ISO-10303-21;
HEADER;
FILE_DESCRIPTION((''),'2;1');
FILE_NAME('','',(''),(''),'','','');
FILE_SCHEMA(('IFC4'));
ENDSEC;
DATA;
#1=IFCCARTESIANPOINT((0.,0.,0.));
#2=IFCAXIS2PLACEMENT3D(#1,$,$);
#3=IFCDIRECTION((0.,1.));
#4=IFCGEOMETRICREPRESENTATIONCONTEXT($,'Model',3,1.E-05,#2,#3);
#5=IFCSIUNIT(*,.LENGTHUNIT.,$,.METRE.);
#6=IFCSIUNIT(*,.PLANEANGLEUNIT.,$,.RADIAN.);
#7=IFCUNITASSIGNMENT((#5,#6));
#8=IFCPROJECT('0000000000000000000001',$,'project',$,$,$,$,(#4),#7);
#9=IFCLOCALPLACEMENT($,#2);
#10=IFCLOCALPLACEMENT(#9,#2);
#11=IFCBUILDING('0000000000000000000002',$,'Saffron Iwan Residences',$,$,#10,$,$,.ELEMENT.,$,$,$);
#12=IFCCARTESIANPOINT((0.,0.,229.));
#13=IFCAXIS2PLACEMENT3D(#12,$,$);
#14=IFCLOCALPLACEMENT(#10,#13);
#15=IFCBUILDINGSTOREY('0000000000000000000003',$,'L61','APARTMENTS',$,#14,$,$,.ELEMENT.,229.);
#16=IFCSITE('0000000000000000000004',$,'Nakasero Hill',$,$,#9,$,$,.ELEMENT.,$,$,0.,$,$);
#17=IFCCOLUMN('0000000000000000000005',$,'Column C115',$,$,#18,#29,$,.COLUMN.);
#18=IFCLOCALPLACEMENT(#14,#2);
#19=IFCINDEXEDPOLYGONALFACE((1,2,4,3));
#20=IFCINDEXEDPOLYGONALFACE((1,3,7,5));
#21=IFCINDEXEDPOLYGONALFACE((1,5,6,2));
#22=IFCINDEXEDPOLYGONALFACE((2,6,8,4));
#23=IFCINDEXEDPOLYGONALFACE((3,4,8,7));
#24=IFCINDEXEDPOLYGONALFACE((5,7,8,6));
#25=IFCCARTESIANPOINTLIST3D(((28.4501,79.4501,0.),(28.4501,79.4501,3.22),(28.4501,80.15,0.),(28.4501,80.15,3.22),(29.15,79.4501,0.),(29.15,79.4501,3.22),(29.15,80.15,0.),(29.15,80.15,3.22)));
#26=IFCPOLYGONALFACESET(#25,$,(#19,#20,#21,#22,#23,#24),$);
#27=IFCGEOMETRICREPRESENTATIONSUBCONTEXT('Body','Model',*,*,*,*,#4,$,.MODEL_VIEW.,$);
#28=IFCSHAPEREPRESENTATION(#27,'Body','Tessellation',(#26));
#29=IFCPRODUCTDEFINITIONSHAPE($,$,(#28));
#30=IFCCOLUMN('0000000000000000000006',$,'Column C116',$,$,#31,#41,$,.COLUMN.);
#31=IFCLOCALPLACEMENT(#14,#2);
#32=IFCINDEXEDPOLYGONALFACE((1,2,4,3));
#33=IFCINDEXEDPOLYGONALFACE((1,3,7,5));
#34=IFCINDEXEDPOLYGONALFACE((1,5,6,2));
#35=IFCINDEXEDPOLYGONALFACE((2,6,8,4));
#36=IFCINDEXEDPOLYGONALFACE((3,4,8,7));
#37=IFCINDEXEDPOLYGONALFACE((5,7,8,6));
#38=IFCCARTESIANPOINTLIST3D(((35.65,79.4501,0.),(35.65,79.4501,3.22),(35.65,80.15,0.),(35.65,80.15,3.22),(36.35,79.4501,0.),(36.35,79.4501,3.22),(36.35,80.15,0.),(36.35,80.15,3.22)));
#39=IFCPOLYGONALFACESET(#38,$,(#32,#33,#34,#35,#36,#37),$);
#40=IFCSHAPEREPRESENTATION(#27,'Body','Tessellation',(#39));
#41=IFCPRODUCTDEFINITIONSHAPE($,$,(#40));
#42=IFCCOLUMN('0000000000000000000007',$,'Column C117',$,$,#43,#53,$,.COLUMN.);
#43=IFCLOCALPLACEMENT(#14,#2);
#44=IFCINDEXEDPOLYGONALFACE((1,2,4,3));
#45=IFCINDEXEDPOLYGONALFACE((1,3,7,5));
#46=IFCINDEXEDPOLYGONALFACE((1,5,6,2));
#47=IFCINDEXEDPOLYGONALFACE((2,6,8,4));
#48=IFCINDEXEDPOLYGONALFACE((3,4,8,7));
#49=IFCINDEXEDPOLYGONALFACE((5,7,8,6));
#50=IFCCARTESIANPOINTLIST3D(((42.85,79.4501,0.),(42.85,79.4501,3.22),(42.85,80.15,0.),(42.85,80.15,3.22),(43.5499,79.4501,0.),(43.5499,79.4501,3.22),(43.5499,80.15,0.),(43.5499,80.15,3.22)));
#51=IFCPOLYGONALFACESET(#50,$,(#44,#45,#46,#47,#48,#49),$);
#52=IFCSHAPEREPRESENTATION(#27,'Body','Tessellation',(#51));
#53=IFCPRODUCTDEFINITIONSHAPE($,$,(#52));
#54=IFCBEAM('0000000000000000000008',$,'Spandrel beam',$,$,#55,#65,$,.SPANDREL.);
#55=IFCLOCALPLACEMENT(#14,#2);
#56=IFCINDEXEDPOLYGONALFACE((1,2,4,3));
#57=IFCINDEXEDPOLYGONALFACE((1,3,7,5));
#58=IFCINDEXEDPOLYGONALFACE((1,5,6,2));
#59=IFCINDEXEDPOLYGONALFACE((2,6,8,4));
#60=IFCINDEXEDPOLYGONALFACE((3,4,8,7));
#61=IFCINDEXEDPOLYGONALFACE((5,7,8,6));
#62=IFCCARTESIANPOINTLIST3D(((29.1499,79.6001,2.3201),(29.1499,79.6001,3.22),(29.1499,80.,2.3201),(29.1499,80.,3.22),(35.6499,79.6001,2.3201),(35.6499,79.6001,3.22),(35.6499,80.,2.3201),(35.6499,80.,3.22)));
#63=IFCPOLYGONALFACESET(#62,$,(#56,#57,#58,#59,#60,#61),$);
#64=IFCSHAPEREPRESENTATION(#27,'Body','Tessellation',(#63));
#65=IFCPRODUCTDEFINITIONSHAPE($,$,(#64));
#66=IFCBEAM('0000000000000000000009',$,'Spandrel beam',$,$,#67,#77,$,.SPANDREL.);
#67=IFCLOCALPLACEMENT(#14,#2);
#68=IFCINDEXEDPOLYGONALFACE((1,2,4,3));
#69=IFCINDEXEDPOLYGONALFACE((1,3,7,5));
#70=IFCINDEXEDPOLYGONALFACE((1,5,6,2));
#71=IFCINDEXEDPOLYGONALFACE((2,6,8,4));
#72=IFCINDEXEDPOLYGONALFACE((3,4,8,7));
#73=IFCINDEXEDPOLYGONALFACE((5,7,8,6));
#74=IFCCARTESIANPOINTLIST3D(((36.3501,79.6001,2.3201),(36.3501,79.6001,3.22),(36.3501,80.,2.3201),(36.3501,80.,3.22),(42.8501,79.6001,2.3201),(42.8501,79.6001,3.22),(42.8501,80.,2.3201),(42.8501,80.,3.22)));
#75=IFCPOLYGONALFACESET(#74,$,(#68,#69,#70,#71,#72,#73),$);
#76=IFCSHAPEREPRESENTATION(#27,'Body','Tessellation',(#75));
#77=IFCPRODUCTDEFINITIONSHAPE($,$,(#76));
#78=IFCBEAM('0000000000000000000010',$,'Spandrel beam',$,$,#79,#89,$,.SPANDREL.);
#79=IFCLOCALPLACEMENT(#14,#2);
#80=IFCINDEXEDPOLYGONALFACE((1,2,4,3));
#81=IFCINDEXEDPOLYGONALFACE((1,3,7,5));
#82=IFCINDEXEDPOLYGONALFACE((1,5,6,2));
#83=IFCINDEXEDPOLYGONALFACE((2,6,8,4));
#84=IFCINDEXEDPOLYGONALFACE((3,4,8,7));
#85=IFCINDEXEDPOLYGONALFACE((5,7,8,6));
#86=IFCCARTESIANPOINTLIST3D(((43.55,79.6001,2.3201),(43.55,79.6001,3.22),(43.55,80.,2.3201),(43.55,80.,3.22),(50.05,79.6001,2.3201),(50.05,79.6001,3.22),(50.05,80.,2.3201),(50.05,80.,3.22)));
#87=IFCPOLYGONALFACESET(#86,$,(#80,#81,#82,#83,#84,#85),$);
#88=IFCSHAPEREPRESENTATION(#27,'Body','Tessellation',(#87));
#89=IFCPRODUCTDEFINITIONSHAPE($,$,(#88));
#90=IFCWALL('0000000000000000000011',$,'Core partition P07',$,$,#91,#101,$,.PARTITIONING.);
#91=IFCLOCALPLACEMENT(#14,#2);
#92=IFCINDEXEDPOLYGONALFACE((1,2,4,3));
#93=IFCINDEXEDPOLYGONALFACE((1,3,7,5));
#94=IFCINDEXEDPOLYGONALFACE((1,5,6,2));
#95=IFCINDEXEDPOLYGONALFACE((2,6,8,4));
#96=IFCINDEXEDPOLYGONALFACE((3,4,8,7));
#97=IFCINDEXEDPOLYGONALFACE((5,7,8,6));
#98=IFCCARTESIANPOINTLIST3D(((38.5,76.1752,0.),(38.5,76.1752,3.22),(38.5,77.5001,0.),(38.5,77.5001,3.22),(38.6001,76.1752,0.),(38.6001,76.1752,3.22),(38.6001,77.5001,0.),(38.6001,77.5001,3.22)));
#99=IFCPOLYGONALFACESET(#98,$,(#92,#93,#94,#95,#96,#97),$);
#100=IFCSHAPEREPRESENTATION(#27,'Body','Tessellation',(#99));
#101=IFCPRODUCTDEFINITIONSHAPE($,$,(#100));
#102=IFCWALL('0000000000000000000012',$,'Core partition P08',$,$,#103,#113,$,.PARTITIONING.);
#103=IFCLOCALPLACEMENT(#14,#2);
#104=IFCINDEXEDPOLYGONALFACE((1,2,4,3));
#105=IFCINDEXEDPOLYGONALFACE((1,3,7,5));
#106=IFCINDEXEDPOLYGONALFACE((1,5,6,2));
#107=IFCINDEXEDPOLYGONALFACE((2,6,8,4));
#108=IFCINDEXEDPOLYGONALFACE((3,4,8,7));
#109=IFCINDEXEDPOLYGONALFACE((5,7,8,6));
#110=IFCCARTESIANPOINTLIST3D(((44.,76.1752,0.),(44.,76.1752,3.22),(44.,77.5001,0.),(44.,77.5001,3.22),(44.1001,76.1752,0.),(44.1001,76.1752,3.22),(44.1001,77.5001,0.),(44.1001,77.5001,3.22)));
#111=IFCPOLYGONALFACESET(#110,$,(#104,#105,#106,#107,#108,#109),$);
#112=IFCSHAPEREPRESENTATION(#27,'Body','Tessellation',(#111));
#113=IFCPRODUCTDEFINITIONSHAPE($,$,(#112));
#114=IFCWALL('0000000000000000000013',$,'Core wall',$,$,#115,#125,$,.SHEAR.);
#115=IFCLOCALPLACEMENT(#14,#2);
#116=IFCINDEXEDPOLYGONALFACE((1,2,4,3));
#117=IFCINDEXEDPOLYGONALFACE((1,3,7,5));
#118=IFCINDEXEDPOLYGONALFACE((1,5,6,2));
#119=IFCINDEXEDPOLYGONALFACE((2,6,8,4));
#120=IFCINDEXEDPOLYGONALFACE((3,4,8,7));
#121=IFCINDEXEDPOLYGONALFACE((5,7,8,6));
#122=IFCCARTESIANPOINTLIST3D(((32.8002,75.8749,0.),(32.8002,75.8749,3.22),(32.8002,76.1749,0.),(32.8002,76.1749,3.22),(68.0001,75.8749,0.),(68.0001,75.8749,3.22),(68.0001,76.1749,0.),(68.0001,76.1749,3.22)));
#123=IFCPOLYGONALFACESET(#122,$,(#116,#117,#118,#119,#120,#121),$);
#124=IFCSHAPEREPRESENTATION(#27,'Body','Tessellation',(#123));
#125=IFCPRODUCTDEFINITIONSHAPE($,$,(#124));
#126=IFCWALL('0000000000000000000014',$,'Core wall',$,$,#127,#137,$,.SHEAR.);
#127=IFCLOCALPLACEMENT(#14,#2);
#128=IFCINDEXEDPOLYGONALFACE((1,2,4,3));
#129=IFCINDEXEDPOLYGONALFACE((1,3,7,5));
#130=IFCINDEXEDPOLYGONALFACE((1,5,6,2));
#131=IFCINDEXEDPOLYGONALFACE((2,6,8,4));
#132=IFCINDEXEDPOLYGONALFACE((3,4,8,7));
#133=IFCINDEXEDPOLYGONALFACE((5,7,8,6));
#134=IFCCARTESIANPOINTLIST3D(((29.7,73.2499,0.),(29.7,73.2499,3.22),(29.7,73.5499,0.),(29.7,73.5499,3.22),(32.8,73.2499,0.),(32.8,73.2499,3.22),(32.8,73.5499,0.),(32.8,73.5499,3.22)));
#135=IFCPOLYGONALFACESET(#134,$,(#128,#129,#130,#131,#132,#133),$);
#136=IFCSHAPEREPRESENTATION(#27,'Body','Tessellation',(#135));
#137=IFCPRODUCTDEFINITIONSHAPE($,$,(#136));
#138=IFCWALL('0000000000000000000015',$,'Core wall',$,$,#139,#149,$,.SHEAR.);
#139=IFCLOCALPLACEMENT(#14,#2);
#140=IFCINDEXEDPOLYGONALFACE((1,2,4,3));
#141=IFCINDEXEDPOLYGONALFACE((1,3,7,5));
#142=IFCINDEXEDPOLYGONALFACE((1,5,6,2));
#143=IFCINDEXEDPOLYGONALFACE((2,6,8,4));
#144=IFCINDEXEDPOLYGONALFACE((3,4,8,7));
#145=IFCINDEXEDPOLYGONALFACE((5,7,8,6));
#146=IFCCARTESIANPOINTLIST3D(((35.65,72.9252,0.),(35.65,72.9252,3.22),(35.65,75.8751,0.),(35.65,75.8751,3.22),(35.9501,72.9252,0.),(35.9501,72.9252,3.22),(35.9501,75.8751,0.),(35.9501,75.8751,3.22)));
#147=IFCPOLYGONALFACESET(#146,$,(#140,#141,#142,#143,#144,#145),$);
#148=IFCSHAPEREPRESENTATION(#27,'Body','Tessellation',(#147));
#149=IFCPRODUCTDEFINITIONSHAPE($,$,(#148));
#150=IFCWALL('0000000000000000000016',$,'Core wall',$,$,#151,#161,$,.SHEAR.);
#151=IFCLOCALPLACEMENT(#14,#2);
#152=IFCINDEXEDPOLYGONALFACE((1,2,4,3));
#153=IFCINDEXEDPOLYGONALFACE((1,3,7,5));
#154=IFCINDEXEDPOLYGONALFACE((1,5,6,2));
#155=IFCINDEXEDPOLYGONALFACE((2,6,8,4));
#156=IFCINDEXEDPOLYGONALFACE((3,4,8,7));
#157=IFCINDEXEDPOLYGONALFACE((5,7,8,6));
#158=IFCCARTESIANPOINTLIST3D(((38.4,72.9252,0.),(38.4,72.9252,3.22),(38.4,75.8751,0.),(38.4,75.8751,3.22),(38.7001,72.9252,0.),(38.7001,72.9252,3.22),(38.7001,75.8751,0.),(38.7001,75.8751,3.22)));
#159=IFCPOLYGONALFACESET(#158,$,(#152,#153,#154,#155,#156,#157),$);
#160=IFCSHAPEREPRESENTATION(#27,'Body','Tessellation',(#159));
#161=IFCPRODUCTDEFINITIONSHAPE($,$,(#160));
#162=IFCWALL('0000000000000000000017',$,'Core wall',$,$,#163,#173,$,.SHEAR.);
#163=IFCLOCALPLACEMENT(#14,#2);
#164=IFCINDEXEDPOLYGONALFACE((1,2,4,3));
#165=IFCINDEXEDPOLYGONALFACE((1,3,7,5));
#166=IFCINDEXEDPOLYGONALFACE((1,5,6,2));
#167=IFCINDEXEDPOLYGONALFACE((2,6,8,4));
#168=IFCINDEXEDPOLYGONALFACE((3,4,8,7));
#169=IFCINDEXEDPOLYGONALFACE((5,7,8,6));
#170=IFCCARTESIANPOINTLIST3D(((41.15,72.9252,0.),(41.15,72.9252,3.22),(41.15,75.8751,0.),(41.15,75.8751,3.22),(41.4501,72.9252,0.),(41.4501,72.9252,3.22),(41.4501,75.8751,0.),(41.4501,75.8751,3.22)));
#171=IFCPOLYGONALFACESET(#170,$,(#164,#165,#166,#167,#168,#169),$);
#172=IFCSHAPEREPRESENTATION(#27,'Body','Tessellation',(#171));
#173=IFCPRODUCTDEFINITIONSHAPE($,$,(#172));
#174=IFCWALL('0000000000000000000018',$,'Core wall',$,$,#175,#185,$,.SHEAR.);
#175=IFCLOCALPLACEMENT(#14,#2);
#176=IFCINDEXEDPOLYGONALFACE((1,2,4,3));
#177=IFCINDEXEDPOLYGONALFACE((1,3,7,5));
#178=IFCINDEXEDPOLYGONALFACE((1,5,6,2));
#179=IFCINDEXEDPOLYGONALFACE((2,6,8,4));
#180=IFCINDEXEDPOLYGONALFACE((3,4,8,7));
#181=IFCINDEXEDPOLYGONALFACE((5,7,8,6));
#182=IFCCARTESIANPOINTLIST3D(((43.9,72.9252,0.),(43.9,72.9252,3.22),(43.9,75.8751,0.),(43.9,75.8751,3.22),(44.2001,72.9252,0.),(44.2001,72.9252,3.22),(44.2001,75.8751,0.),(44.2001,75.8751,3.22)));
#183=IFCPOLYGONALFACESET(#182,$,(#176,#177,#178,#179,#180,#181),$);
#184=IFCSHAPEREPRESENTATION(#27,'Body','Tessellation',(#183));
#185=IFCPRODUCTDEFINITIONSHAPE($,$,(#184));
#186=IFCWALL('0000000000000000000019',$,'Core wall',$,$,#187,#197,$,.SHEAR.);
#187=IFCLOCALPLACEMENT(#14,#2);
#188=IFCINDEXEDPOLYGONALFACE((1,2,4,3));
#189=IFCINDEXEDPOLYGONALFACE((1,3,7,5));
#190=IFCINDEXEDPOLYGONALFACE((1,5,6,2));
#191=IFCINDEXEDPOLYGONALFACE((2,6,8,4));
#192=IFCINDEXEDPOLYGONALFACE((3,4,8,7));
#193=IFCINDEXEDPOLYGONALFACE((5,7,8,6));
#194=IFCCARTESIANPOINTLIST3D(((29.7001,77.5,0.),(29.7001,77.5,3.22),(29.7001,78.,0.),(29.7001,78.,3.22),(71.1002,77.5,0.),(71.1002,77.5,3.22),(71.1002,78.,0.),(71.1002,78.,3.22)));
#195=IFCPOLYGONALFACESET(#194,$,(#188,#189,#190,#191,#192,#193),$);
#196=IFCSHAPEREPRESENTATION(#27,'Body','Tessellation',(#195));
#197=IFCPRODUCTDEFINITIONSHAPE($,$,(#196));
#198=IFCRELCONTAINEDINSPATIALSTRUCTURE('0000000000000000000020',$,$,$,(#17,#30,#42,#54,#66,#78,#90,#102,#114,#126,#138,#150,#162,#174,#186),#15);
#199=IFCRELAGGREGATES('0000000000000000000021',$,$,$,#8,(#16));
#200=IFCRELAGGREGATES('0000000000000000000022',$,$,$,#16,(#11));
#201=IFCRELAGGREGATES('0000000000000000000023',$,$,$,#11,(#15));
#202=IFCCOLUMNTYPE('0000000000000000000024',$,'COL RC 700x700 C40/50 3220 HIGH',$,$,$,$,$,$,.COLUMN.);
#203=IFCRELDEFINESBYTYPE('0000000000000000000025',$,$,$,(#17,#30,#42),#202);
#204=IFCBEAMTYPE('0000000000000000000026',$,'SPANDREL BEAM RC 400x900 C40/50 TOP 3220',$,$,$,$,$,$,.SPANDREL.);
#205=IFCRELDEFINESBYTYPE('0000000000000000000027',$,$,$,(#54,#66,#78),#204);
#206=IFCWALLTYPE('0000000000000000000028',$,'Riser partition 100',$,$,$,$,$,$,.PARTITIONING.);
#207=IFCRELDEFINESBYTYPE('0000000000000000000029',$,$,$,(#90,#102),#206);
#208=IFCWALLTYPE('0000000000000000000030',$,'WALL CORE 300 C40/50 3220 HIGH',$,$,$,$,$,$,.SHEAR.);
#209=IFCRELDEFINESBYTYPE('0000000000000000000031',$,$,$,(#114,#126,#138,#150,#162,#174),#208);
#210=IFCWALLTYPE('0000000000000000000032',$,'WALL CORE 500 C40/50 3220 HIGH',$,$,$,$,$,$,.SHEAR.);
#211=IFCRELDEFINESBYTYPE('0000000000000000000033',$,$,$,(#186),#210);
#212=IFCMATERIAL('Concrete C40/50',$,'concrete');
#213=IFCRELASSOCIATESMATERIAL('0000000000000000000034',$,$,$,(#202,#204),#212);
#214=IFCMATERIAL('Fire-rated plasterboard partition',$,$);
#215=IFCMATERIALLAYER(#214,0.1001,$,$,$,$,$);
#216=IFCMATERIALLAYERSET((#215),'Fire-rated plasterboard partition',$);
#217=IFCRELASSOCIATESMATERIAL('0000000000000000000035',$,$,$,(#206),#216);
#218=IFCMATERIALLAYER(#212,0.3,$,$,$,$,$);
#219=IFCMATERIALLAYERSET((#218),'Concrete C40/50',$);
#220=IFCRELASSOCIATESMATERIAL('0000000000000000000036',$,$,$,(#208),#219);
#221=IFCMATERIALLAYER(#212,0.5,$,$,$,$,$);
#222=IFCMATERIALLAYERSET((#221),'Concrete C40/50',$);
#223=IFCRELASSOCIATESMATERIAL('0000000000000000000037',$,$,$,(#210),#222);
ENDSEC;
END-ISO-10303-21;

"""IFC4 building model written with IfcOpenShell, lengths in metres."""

from ifc_helpers import new_model, si_unit, direction, frame, frame_2d, origin, origin_2d, place, context, subcontext, project, spatial, rectangle, extrude, source, transform, mapped, material, layer, layer_set, material_profile, profile_set, type_object, element, save


model = new_model("IFC4")

# Units and contexts
model_context = context("Model", 3, precision=1e-05, world=origin(), true_north=direction((0.0, 1.0)))
body_context = subcontext(model_context, "Body", "Model", "MODEL_VIEW")
ifc_project = project(units=[si_unit("LENGTHUNIT", "METRE"), si_unit("PLANEANGLEUNIT", "RADIAN")], contexts=[model_context])

# Site, building, storey
site_placement = place(None, origin())
site = spatial("IfcSite", under=ifc_project, at=site_placement, Name="Nakasero Hill", CompositionType="ELEMENT", RefElevation=0.0)
building_placement = place(site_placement, origin())
building = spatial("IfcBuilding", under=site, at=building_placement, Name="Saffron Iwan Residences", CompositionType="ELEMENT")
storey_placement = place(building_placement, frame((0.0, 0.0, 229.0)))
storey = spatial("IfcBuildingStorey", under=building, at=storey_placement, Name="L61", Description="APARTMENTS", CompositionType="ELEMENT", Elevation=229.0)

# Columns
ifc_material_1 = material(Name="Concrete C40/50", Category="concrete")
ifc_material_profile_1 = material_profile(ifc_material_1, rectangle(XDim=0.7, YDim=0.7, at=origin_2d()), Name="RC 700x700")
ifc_profile_set_1 = profile_set([ifc_material_profile_1], Name="Concrete C40/50")
column_type = type_object("IfcColumnType", Name="COL RC 700x700 C40/50 3220 HIGH", PredefinedType="COLUMN", material=ifc_profile_set_1)
shared_shape_1 = source(origin(), body_context, "Body", "SweptSolid", [
    extrude(rectangle(XDim=0.7, YDim=0.7, at=origin_2d()), origin(), (0.0, 0.0, 1.0), 3.22),
])
for number, where, z_axis, x_axis, name in (
    (1, (28.8, 79.8, 0.0), (0.0, 0.0, 1.0), (1.0, 0.0, 0.0), "Column C115"),
    (2, (36.0, 79.8, 0.0), (0.0, 0.0, 1.0), (1.0, 0.0, 0.0), "Column C116"),
    (3, (43.2, 79.8, 0.0), (0.0, 0.0, 1.0), (1.0, 0.0, 0.0), "Column C117"),
):
    element("IfcColumn", number, at=place(storey_placement, frame(where, z_axis=z_axis, x_axis=x_axis)), inside=storey, type_object=column_type, Name=name, PredefinedType="COLUMN", context=body_context, shape_type="MappedRepresentation", body=[
        mapped(shared_shape_1, transform((0.0, 0.0, 0.0))),
    ])

# Beams
ifc_material_profile_2 = material_profile(ifc_material_1, rectangle(XDim=0.3999, YDim=0.8999, at=origin_2d()), Name="RC 400x900")
ifc_profile_set_2 = profile_set([ifc_material_profile_2], Name="Concrete C40/50")
beam_type = type_object("IfcBeamType", Name="SPANDREL BEAM RC 400x900 C40/50 TOP 3220", PredefinedType="SPANDREL", material=ifc_profile_set_2)
shared_shape_2 = source(origin(), body_context, "Body", "SweptSolid", [
    extrude(rectangle(XDim=0.3999, YDim=0.8999, at=origin_2d()), origin(), (0.0, 0.0, 1.0), 6.5),
])
for number, where, z_axis, x_axis, name in (
    (4, (29.1499, 79.8, 2.77), (1.0, 0.0, 0.0), (0.0, 1.0, 0.0), "Spandrel beam"),
    (5, (36.3501, 79.8, 2.77), (1.0, 0.0, 0.0), (0.0, 1.0, 0.0), "Spandrel beam"),
    (6, (43.55, 79.8, 2.77), (1.0, 0.0, 0.0), (0.0, 1.0, 0.0), "Spandrel beam"),
):
    element("IfcBeam", number, at=place(storey_placement, frame(where, z_axis=z_axis, x_axis=x_axis)), inside=storey, type_object=beam_type, Name=name, PredefinedType="SPANDREL", context=body_context, shape_type="MappedRepresentation", body=[
        mapped(shared_shape_2, transform((0.0, 0.0, 0.0))),
    ])

# Walls
ifc_material_2 = material(Name="Fire-rated plasterboard partition")
ifc_layer_1 = layer(ifc_material_2, 0.1001)
ifc_layer_set_1 = layer_set([ifc_layer_1], Name="Fire-rated plasterboard partition")
wall_type_1 = type_object("IfcWallType", Name="Riser partition 100", PredefinedType="PARTITIONING", material=ifc_layer_set_1)
for number, where, z_axis, x_axis, name in (
    (7, (38.55, 76.175, 0.0), (0.0, 0.0, 1.0), (0.0, 1.0, 0.0), "Core partition P07"),
    (8, (44.05, 76.175, 0.0), (0.0, 0.0, 1.0), (0.0, 1.0, 0.0), "Core partition P08"),
):
    element("IfcWall", number, at=place(storey_placement, frame(where, z_axis=z_axis, x_axis=x_axis)), inside=storey, type_object=wall_type_1, Name=name, PredefinedType="PARTITIONING", context=body_context, shape_type="SweptSolid", body=[
        extrude(rectangle(XDim=1.325, YDim=0.1001, at=frame_2d((0.6626, 0.0))), origin(), (0.0, 0.0, 1.0), 3.22),
    ])
ifc_layer_2 = layer(ifc_material_1, 0.3)
ifc_layer_set_2 = layer_set([ifc_layer_2], Name="Concrete C40/50")
wall_type_2 = type_object("IfcWallType", Name="WALL CORE 300 C40/50 3220 HIGH", PredefinedType="SHEAR", material=ifc_layer_set_2)
wall_1_placement = place(storey_placement, frame((32.8, 76.0249, 0.0), z_axis=(0.0, 0.0, 1.0), x_axis=(1.0, 0.0, 0.0)))
element("IfcWall", 9, at=wall_1_placement, inside=storey, type_object=wall_type_2, Name="Core wall", PredefinedType="SHEAR", context=body_context, shape_type="SweptSolid", body=[
    extrude(rectangle(XDim=35.2, YDim=0.3, at=frame_2d((17.6001, 0.0))), origin(), (0.0, 0.0, 1.0), 3.22),
])
wall_2_placement = place(storey_placement, frame((29.7, 73.3999, 0.0), z_axis=(0.0, 0.0, 1.0), x_axis=(1.0, 0.0, 0.0)))
element("IfcWall", 10, at=wall_2_placement, inside=storey, type_object=wall_type_2, Name="Core wall", PredefinedType="SHEAR", context=body_context, shape_type="SweptSolid", body=[
    extrude(rectangle(XDim=3.1001, YDim=0.3, at=frame_2d((1.55, 0.0))), origin(), (0.0, 0.0, 1.0), 3.22),
])
for number, where, z_axis, x_axis, name in (
    (11, (35.8, 72.925, 0.0), (0.0, 0.0, 1.0), (0.0, 1.0, 0.0), "Core wall"),
    (12, (38.55, 72.925, 0.0), (0.0, 0.0, 1.0), (0.0, 1.0, 0.0), "Core wall"),
    (13, (41.3, 72.925, 0.0), (0.0, 0.0, 1.0), (0.0, 1.0, 0.0), "Core wall"),
    (14, (44.05, 72.925, 0.0), (0.0, 0.0, 1.0), (0.0, 1.0, 0.0), "Core wall"),
):
    element("IfcWall", number, at=place(storey_placement, frame(where, z_axis=z_axis, x_axis=x_axis)), inside=storey, type_object=wall_type_2, Name=name, PredefinedType="SHEAR", context=body_context, shape_type="SweptSolid", body=[
        extrude(rectangle(XDim=2.95, YDim=0.3, at=frame_2d((1.4751, 0.0))), origin(), (0.0, 0.0, 1.0), 3.22),
    ])
ifc_layer_3 = layer(ifc_material_1, 0.5)
ifc_layer_set_3 = layer_set([ifc_layer_3], Name="Concrete C40/50")
wall_type_3 = type_object("IfcWallType", Name="WALL CORE 500 C40/50 3220 HIGH", PredefinedType="SHEAR", material=ifc_layer_set_3)
wall_3_placement = place(storey_placement, frame((29.7, 77.75, 0.0), z_axis=(0.0, 0.0, 1.0), x_axis=(1.0, 0.0, 0.0)))
element("IfcWall", 15, at=wall_3_placement, inside=storey, type_object=wall_type_3, Name="Core wall", PredefinedType="SHEAR", context=body_context, shape_type="SweptSolid", body=[
    extrude(rectangle(XDim=41.4001, YDim=0.5, at=frame_2d((20.7002, 0.0))), origin(), (0.0, 0.0, 1.0), 3.22),
])

save(model, "model.ifc")
